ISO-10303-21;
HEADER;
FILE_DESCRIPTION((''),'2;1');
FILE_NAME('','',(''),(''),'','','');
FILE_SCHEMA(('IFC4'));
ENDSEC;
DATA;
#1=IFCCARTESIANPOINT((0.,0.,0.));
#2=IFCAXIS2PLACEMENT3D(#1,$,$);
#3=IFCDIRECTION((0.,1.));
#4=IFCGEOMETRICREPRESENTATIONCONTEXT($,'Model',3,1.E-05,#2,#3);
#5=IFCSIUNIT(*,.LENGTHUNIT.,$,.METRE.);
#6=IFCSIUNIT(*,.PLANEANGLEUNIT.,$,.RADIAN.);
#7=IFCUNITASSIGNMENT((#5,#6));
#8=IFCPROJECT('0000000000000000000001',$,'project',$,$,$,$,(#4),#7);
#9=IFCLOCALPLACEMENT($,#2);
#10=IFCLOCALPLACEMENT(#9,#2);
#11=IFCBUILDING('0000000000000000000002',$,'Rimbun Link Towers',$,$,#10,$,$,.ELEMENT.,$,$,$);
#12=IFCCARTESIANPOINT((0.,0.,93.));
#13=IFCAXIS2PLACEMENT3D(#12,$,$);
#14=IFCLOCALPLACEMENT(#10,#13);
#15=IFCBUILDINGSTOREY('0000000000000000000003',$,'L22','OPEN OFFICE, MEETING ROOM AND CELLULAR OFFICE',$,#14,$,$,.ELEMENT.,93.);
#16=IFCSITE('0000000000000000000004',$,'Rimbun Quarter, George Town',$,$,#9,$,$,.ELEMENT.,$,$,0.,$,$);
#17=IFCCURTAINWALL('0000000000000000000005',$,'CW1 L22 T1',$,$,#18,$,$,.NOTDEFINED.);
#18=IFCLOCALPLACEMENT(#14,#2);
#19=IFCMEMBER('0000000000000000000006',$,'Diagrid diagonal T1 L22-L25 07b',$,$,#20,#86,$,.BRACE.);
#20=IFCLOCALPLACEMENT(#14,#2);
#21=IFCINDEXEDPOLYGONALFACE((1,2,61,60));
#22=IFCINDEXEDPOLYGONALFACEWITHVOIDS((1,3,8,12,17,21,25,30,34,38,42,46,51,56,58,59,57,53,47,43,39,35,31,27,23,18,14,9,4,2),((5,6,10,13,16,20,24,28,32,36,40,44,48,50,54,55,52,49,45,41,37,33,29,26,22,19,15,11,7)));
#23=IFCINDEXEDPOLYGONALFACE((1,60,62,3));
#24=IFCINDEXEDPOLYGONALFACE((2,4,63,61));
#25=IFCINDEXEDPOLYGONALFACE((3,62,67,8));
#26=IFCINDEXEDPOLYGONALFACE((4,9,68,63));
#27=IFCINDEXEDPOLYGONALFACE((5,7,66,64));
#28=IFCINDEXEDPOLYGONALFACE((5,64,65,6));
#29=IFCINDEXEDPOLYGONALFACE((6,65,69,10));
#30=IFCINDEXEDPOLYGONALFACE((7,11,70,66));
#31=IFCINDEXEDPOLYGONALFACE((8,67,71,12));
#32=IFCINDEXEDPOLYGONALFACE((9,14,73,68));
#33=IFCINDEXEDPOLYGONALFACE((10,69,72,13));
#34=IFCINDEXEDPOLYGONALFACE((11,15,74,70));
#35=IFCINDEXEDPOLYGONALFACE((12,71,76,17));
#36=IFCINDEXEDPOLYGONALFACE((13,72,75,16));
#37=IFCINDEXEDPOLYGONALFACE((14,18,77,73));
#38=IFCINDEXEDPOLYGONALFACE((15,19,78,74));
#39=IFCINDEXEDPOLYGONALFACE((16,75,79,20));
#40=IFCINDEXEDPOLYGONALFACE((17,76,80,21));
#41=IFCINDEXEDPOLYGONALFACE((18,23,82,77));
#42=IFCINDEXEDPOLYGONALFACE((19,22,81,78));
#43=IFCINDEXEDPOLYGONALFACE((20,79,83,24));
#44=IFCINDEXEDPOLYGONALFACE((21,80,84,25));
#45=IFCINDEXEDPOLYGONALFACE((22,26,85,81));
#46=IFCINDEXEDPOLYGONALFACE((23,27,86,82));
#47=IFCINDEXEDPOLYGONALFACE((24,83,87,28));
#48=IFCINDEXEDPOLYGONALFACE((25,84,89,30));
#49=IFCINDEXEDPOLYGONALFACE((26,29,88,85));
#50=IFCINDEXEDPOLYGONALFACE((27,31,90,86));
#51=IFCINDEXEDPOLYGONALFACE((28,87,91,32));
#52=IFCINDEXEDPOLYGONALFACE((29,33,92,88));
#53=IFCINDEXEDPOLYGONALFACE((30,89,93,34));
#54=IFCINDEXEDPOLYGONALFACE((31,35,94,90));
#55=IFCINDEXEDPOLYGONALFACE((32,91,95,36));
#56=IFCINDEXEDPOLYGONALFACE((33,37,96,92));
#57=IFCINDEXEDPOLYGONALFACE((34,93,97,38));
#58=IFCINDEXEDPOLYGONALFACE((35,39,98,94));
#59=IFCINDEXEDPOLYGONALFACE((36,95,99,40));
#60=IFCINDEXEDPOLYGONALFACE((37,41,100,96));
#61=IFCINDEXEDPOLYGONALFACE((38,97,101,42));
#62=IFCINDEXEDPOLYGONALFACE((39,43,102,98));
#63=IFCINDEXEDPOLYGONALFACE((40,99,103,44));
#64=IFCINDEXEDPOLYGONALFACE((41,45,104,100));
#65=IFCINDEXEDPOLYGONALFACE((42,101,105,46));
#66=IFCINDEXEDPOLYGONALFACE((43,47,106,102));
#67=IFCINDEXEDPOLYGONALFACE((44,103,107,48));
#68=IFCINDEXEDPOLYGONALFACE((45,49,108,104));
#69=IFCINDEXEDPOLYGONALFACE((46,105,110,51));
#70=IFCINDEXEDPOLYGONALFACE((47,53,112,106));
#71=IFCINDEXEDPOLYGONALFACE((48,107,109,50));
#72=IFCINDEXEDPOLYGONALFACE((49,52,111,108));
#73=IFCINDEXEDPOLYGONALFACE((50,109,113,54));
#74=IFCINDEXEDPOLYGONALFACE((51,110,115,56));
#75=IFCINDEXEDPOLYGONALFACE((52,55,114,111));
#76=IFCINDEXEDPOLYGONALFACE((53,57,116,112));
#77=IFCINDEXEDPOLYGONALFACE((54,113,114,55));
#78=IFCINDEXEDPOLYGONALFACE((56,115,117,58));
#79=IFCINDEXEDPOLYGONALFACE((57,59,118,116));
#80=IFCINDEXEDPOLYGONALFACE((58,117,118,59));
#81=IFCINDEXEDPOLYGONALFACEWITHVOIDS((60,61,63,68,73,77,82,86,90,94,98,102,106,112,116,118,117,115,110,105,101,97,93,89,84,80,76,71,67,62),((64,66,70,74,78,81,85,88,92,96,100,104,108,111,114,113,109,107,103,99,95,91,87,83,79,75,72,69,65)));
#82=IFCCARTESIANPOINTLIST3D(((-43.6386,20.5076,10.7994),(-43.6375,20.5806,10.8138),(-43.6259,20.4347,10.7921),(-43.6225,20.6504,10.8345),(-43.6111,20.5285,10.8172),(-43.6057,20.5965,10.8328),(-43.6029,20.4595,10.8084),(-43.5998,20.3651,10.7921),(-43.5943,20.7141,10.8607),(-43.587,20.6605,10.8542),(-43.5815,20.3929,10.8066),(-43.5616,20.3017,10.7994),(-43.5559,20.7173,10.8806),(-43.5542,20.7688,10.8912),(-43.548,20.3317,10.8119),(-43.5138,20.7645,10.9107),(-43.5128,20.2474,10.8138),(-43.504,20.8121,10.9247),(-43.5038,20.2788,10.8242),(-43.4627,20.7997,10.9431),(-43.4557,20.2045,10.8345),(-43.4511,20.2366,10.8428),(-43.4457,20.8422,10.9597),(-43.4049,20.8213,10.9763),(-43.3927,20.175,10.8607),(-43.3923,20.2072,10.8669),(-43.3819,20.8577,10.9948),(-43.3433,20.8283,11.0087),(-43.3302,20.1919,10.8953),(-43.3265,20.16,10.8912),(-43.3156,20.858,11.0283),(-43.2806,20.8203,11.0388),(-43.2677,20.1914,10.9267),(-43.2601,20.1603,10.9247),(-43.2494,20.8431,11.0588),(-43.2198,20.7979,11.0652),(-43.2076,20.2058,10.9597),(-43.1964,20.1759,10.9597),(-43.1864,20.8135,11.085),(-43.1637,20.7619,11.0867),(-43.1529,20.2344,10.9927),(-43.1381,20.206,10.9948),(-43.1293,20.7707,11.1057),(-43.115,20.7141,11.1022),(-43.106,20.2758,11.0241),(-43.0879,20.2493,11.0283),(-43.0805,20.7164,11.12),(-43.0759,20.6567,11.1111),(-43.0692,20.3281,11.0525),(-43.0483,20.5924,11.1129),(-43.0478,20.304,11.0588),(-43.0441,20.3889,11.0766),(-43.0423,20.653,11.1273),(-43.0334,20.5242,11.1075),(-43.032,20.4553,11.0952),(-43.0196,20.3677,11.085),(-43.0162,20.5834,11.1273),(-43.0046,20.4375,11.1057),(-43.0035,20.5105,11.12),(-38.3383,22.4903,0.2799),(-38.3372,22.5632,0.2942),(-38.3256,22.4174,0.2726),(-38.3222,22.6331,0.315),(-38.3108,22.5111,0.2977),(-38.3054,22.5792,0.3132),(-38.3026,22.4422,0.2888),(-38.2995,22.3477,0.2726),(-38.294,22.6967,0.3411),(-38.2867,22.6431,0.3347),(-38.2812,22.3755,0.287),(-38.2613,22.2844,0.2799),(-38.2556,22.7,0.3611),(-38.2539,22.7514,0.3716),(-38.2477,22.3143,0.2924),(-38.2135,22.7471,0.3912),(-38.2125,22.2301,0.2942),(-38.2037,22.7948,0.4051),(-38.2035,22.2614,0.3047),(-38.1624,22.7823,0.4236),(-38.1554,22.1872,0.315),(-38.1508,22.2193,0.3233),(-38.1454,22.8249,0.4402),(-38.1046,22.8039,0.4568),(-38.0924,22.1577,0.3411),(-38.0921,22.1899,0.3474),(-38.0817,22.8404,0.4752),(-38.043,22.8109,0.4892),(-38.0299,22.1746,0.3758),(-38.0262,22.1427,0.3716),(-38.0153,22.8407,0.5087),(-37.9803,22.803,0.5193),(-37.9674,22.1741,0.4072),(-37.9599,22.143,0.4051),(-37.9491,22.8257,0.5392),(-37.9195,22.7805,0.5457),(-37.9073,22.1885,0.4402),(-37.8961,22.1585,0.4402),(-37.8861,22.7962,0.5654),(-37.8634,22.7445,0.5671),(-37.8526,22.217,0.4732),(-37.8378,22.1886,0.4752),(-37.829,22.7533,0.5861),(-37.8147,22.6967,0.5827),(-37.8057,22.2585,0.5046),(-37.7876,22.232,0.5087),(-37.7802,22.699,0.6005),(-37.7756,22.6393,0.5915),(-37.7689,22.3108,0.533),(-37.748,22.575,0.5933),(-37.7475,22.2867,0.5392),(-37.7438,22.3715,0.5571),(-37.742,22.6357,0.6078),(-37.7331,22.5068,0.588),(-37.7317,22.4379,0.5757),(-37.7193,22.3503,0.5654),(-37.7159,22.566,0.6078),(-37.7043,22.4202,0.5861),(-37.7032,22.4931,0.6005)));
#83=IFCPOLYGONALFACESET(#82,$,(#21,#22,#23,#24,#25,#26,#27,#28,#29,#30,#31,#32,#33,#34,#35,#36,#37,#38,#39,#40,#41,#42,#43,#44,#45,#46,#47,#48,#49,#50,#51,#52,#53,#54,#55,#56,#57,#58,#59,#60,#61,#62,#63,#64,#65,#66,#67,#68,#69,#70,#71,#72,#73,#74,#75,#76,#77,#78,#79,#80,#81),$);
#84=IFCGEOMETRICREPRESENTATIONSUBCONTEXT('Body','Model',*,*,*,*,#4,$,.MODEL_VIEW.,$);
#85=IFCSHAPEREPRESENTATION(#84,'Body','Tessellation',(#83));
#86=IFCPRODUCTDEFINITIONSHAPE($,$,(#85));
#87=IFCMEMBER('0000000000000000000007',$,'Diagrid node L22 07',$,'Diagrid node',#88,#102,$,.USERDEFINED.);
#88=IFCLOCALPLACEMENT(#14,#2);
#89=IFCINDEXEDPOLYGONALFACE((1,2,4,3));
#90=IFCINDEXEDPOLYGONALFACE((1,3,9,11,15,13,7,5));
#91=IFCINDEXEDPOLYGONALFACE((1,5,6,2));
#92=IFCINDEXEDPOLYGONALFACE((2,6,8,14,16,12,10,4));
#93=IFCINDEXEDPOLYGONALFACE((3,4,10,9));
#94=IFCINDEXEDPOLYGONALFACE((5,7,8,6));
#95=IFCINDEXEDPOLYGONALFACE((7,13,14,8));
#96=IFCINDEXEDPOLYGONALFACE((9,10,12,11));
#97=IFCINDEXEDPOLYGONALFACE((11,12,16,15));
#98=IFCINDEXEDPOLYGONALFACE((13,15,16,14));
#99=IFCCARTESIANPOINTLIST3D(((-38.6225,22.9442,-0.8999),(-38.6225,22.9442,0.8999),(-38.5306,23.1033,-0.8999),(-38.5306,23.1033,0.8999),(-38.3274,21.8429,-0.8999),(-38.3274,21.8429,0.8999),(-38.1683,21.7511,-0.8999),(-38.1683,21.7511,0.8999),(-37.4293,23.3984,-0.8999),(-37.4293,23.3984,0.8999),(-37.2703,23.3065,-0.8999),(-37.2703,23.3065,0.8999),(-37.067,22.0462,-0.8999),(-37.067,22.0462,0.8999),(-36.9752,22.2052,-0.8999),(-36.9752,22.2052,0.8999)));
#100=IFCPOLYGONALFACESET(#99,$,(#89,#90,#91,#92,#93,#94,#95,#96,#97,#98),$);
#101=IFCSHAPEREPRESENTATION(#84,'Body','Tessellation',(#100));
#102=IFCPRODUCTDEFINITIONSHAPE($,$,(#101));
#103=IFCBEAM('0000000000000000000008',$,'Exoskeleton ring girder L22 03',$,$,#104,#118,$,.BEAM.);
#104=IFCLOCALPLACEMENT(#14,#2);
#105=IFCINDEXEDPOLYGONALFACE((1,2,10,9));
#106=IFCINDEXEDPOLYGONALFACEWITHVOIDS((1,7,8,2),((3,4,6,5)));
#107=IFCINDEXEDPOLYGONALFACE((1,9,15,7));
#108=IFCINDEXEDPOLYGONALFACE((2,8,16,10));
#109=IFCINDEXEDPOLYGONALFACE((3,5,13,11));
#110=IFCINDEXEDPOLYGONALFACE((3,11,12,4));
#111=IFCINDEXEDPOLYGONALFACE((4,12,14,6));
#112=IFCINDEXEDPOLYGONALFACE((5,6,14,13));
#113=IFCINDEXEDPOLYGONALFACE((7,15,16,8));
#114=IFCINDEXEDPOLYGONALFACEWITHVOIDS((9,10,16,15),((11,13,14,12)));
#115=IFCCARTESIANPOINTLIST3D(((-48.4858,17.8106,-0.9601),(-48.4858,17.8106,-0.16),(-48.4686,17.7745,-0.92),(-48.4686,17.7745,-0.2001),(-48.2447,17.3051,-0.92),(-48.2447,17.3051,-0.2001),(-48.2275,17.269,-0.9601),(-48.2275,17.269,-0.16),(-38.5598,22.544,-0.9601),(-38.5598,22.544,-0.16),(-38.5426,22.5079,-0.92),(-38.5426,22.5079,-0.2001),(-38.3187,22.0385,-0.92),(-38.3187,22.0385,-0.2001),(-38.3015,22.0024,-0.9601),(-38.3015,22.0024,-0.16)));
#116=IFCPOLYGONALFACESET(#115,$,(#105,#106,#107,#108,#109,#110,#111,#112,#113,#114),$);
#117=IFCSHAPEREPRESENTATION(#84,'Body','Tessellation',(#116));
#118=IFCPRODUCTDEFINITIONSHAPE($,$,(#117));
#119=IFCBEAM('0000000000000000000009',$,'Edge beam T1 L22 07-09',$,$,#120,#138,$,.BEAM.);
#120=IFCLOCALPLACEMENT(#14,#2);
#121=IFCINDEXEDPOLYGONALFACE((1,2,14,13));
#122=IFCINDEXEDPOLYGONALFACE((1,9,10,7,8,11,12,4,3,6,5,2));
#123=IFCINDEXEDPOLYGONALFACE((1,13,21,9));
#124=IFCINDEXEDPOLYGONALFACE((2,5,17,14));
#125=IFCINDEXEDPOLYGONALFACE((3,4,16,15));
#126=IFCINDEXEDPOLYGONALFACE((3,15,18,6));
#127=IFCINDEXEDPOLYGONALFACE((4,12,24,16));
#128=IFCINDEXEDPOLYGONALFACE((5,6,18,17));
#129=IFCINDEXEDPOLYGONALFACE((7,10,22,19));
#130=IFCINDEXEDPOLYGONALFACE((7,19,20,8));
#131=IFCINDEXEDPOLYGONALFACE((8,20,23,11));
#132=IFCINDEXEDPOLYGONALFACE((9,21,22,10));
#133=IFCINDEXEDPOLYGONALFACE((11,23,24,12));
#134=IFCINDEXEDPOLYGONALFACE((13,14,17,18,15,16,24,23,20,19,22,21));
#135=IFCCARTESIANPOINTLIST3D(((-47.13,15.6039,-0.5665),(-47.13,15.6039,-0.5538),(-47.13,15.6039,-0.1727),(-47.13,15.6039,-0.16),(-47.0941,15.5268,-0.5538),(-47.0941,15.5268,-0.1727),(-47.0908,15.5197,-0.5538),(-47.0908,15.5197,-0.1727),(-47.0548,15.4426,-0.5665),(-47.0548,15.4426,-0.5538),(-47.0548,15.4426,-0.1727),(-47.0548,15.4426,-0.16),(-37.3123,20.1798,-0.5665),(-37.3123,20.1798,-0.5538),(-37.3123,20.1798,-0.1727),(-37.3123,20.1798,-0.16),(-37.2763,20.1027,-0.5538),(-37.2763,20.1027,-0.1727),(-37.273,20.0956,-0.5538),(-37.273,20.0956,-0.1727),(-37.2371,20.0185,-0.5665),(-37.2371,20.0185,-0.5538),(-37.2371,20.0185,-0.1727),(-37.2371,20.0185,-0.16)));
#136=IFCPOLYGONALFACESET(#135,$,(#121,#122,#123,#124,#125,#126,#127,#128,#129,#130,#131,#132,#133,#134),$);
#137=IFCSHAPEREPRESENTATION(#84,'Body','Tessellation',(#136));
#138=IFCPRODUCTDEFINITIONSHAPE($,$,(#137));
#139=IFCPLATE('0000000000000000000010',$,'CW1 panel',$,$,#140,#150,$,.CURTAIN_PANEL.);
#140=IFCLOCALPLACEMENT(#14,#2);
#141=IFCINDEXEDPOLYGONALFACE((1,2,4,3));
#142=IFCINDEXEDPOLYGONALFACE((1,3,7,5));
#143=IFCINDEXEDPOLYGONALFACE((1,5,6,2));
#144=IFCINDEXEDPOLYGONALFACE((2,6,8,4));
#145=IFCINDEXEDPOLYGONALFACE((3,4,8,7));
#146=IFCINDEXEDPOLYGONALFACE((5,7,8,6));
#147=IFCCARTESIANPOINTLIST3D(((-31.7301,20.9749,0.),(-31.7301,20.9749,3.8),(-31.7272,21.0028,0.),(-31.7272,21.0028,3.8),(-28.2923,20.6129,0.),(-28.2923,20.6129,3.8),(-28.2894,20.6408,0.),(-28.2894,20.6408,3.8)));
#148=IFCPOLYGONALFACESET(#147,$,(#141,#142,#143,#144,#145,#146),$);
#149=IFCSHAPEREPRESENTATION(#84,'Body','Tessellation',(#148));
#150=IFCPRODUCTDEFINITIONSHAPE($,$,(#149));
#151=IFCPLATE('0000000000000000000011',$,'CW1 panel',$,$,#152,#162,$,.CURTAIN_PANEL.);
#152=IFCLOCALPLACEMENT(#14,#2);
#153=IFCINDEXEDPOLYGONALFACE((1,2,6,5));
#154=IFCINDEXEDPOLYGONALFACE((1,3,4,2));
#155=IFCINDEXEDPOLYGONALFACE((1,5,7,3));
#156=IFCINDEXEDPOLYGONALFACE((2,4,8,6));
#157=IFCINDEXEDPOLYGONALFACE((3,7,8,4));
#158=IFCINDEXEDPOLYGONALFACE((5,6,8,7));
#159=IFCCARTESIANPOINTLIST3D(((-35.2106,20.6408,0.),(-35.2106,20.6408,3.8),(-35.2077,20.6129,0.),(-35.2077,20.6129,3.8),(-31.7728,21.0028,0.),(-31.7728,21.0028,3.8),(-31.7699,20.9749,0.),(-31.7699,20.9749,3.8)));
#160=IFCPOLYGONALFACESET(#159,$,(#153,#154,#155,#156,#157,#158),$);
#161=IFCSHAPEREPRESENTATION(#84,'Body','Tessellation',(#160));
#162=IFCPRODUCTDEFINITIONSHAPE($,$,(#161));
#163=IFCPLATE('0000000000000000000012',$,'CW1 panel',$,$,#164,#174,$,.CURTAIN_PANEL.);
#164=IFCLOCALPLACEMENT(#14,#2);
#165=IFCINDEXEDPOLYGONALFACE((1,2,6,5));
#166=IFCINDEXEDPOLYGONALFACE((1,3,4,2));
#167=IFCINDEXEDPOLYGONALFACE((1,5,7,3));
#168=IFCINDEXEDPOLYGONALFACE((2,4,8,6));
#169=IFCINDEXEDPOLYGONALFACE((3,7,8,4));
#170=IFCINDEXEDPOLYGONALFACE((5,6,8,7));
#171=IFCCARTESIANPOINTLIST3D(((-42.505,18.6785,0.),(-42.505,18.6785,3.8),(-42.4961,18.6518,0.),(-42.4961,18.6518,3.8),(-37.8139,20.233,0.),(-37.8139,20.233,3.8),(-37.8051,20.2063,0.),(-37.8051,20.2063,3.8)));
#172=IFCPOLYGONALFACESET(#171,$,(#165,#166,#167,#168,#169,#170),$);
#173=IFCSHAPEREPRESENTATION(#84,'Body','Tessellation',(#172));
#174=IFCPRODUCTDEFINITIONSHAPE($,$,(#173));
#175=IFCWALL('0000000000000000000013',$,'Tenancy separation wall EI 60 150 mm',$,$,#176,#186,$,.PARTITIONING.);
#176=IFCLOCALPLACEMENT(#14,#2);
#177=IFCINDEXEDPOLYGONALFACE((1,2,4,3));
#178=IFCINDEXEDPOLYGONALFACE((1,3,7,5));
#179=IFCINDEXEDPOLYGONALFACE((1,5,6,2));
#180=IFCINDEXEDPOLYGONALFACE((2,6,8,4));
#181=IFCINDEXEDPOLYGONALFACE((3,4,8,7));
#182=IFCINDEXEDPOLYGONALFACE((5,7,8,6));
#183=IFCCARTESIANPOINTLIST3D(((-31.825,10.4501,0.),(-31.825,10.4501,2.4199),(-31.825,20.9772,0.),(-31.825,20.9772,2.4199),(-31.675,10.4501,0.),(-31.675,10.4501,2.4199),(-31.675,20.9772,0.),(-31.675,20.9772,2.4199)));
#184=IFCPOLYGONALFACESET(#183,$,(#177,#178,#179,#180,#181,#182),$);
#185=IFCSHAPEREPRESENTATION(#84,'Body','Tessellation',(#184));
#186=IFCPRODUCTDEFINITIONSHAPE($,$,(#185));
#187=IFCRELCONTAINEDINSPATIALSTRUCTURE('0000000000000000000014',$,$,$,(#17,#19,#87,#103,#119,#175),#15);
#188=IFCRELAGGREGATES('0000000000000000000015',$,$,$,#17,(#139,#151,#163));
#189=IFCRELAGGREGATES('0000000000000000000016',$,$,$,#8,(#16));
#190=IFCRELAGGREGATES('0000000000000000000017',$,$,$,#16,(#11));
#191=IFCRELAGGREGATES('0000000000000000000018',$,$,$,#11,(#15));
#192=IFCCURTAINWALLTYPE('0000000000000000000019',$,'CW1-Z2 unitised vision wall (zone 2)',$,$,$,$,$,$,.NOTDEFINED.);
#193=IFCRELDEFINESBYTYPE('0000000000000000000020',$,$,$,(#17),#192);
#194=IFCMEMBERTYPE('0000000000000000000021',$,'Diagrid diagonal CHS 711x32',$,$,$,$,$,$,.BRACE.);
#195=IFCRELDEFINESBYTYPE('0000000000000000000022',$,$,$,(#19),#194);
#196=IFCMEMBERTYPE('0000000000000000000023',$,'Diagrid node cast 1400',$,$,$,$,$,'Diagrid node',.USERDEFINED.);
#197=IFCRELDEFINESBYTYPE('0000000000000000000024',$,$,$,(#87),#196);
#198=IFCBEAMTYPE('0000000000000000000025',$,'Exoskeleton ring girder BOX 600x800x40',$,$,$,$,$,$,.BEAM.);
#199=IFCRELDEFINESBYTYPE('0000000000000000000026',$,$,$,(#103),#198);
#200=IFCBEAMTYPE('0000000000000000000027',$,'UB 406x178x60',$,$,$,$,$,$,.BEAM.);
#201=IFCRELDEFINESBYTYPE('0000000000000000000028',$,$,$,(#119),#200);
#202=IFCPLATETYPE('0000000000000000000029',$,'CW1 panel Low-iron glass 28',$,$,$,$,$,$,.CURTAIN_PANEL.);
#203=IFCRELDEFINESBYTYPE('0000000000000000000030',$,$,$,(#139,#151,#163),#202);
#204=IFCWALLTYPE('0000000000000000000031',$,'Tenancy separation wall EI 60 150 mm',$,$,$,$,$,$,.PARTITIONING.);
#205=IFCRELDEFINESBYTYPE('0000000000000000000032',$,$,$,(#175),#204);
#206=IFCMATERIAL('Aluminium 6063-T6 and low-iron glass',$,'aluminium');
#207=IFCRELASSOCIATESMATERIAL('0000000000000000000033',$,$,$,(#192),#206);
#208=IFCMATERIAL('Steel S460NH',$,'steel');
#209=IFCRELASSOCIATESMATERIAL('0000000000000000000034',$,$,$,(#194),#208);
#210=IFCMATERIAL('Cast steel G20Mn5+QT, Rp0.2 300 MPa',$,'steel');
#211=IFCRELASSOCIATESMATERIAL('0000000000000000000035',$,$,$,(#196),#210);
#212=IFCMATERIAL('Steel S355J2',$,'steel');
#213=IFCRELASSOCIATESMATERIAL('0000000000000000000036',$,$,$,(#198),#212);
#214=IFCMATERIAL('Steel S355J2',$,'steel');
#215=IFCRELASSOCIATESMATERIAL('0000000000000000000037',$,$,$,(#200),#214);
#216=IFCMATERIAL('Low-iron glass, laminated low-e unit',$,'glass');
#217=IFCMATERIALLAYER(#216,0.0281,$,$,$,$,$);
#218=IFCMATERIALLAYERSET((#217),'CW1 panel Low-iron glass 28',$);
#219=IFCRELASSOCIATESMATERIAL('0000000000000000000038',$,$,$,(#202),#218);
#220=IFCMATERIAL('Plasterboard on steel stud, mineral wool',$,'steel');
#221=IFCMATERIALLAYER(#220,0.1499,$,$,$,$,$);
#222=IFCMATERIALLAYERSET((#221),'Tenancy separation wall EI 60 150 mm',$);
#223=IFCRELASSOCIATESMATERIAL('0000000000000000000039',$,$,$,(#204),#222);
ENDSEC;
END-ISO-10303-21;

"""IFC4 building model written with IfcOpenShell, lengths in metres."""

from ifc_helpers import new_model, si_unit, direction, frame, frame_2d, origin, origin_2d, place, context, subcontext, project, spatial, polyline, rectangle, hollow_rectangle, hollow_circle, i_section, outline, extrude, material, layer, layer_set, material_profile, profile_set, type_object, element, aggregate, save


model = new_model("IFC4")

# Units and contexts
model_context = context("Model", 3, precision=1e-05, world=origin(), true_north=direction((0.0, 1.0)))
body_context = subcontext(model_context, "Body", "Model", "MODEL_VIEW")
ifc_project = project(units=[si_unit("LENGTHUNIT", "METRE"), si_unit("PLANEANGLEUNIT", "RADIAN")], contexts=[model_context])

# Site, building, storey
site_placement = place(None, origin())
site = spatial("IfcSite", under=ifc_project, at=site_placement, Name="Rimbun Quarter, George Town", CompositionType="ELEMENT", RefElevation=0.0)
building_placement = place(site_placement, origin())
building = spatial("IfcBuilding", under=site, at=building_placement, Name="Rimbun Link Towers", CompositionType="ELEMENT")
storey_placement = place(building_placement, frame((0.0, 0.0, 93.0)))
storey = spatial("IfcBuildingStorey", under=building, at=storey_placement, Name="L22", Description="OPEN OFFICE, MEETING ROOM AND CELLULAR OFFICE", CompositionType="ELEMENT", Elevation=93.0)

# Curtain wall
ifc_material_1 = material(Name="Aluminium 6063-T6 and low-iron glass", Category="aluminium")
curtain_wall_type = type_object("IfcCurtainWallType", Name="CW1-Z2 unitised vision wall (zone 2)", PredefinedType="NOTDEFINED", material=ifc_material_1)
curtain_wall_placement = place(storey_placement, origin())
curtain_wall = element("IfcCurtainWall", 1, at=curtain_wall_placement, inside=storey, type_object=curtain_wall_type, Name="CW1 L22 T1", PredefinedType="NOTDEFINED")

# Members
ifc_material_2 = material(Name="Steel S460NH", Category="steel")
ifc_material_profile_1 = material_profile(ifc_material_2, hollow_circle(Radius=0.3557, WallThickness=0.032, at=origin_2d()), Name="Diagrid diagonal CHS 711x32")
ifc_profile_set_1 = profile_set([ifc_material_profile_1], Name="Steel S460NH")
member_type_1 = type_object("IfcMemberType", Name="Diagrid diagonal CHS 711x32", PredefinedType="BRACE", material=ifc_profile_set_1)
member_1_placement = place(storey_placement, frame((-38.0208, 22.4917, 0.4402), z_axis=(-0.443722, -0.165982, 0.880659), x_axis=(0.350357, -0.936616, 0.0)))
element("IfcMember", 2, at=member_1_placement, inside=storey, type_object=member_type_1, Name="Diagrid diagonal T1 L22-L25 07b", PredefinedType="BRACE", context=body_context, shape_type="SweptSolid", body=[
    extrude(hollow_circle(Radius=0.3557, WallThickness=0.032, at=origin_2d()), origin(), (0.0, 0.0, 1.0), 11.9451),
])
ifc_material_3 = material(Name="Cast steel G20Mn5+QT, Rp0.2 300 MPa", Category="steel")
ifc_material_profile_2 = material_profile(ifc_material_3, outline(polyline([(0.7, -0.5701), (0.7, 0.5701), (0.5701, 0.7), (-0.5701, 0.7), (-0.7, 0.5701), (-0.7, -0.5701), (-0.5701, -0.7), (0.5701, -0.7), (0.7, -0.5701)])), Name="NODE 1400x1400")
ifc_profile_set_2 = profile_set([ifc_material_profile_2], Name="Cast steel G20Mn5+QT, Rp0.2 300 MPa")
member_type_2 = type_object("IfcMemberType", Name="Diagrid node cast 1400", ElementType="Diagrid node", PredefinedType="USERDEFINED", material=ifc_profile_set_2)
member_2_placement = place(storey_placement, frame((-37.7988, 22.5747, -0.8999), z_axis=(0.0, 0.0, 1.0), x_axis=(-0.258819, 0.965926, 0.0)))
element("IfcMember", 3, at=member_2_placement, inside=storey, type_object=member_type_2, Name="Diagrid node L22 07", ObjectType="Diagrid node", PredefinedType="USERDEFINED", context=body_context, shape_type="SweptSolid", body=[
    extrude(outline(polyline([(0.7, -0.5701), (0.7, 0.5701), (0.5701, 0.7), (-0.5701, 0.7), (-0.7, 0.5701), (-0.7, -0.5701), (-0.5701, -0.7), (0.5701, -0.7), (0.7, -0.5701)])), origin(), (0.0, 0.0, 1.0), 1.7998),
])

# Beams
ifc_material_4 = material(Name="Steel S355J2", Category="steel")
ifc_material_profile_3 = material_profile(ifc_material_4, hollow_rectangle(XDim=0.6001, YDim=0.8, WallThickness=0.04, at=origin_2d()), Name="Exoskeleton ring girder BOX 600x800x40")
ifc_profile_set_3 = profile_set([ifc_material_profile_3], Name="Steel S355J2")
beam_type_1 = type_object("IfcBeamType", Name="Exoskeleton ring girder BOX 600x800x40", PredefinedType="BEAM", material=ifc_profile_set_3)
beam_1_placement = place(storey_placement, frame((-38.4307, 22.2732, -0.5601), z_axis=(-0.902623, -0.430432, 0.0), x_axis=(0.430432, -0.902623, 0.0)))
element("IfcBeam", 4, at=beam_1_placement, inside=storey, type_object=beam_type_1, Name="Exoskeleton ring girder L22 03", PredefinedType="BEAM", context=body_context, shape_type="SweptSolid", body=[
    extrude(hollow_rectangle(XDim=0.6001, YDim=0.8, WallThickness=0.04, at=origin_2d()), origin(), (0.0, 0.0, 1.0), 10.9968),
])
ifc_material_5 = material(Name="Steel S355J2", Category="steel")
ifc_material_profile_4 = material_profile(ifc_material_5, i_section(OverallWidth=0.178, OverallDepth=0.4065, WebThickness=0.0078, FlangeThickness=0.0127, at=origin_2d()), Name="UB 406x178x60")
ifc_profile_set_4 = profile_set([ifc_material_profile_4], Name="Steel S355J2")
beam_type_2 = type_object("IfcBeamType", Name="UB 406x178x60", PredefinedType="BEAM", material=ifc_profile_set_4)
beam_2_placement = place(storey_placement, frame((-37.2747, 20.0991, -0.3633), z_axis=(-0.906386, -0.42245, 0.0), x_axis=(0.42245, -0.906386, 0.0)))
element("IfcBeam", 5, at=beam_2_placement, inside=storey, type_object=beam_type_2, Name="Edge beam T1 L22 07-09", PredefinedType="BEAM", context=body_context, shape_type="SweptSolid", body=[
    extrude(i_section(OverallWidth=0.178, OverallDepth=0.4065, WebThickness=0.0078, FlangeThickness=0.0127, at=origin_2d()), origin(), (0.0, 0.0, 1.0), 10.8318),
])

# Plates
ifc_material_6 = material(Name="Low-iron glass, laminated low-e unit", Category="glass")
ifc_layer_1 = layer(ifc_material_6, 0.0281)
ifc_layer_set_1 = layer_set([ifc_layer_1], Name="CW1 panel Low-iron glass 28")
plate_type = type_object("IfcPlateType", Name="CW1 panel Low-iron glass 28", PredefinedType="CURTAIN_PANEL", material=ifc_layer_set_1)
plate_1_placement = place(storey_placement, frame((-30.0098, 20.8079, 0.0), z_axis=(0.0, 0.0, 1.0), x_axis=(0.9945, -0.104735, 0.0)))
plate_1 = element("IfcPlate", 6, at=plate_1_placement, type_object=plate_type, Name="CW1 panel", PredefinedType="CURTAIN_PANEL", context=body_context, shape_type="SweptSolid", body=[
    extrude(rectangle(XDim=3.4568, YDim=0.0281, at=origin_2d()), origin(), (0.0, 0.0, 1.0), 3.8),
])
plate_2_placement = place(storey_placement, frame((-33.4902, 20.8079, 0.0), z_axis=(0.0, 0.0, 1.0), x_axis=(0.9945, 0.104735, 0.0)))
plate_2 = element("IfcPlate", 7, at=plate_2_placement, type_object=plate_type, Name="CW1 panel", PredefinedType="CURTAIN_PANEL", context=body_context, shape_type="SweptSolid", body=[
    extrude(rectangle(XDim=3.4568, YDim=0.0281, at=origin_2d()), origin(), (0.0, 0.0, 1.0), 3.8),
])
plate_3_placement = place(storey_placement, frame((-40.155, 19.4424, 0.0), z_axis=(0.0, 0.0, 1.0), x_axis=(0.949239, 0.314556, 0.0)))
plate_3 = element("IfcPlate", 8, at=plate_3_placement, type_object=plate_type, Name="CW1 panel", PredefinedType="CURTAIN_PANEL", context=body_context, shape_type="SweptSolid", body=[
    extrude(rectangle(XDim=4.9419, YDim=0.0281, at=origin_2d()), origin(), (0.0, 0.0, 1.0), 3.8),
])
aggregate(curtain_wall, [plate_1, plate_2, plate_3])

# Wall
ifc_material_7 = material(Name="Plasterboard on steel stud, mineral wool", Category="steel")
ifc_layer_2 = layer(ifc_material_7, 0.1499)
ifc_layer_set_2 = layer_set([ifc_layer_2], Name="Tenancy separation wall EI 60 150 mm")
wall_type = type_object("IfcWallType", Name="Tenancy separation wall EI 60 150 mm", PredefinedType="PARTITIONING", material=ifc_layer_set_2)
wall_placement = place(storey_placement, frame((-31.75, 10.45, 0.0), z_axis=(0.0, 0.0, 1.0), x_axis=(0.0, 1.0, 0.0)))
element("IfcWall", 9, at=wall_placement, inside=storey, type_object=wall_type, Name="Tenancy separation wall EI 60 150 mm", PredefinedType="PARTITIONING", context=body_context, shape_type="SweptSolid", body=[
    extrude(rectangle(XDim=10.5271, YDim=0.1499, at=frame_2d((5.2637, 0.0))), origin(), (0.0, 0.0, 1.0), 2.4199),
])

save(model, "model.ifc")
